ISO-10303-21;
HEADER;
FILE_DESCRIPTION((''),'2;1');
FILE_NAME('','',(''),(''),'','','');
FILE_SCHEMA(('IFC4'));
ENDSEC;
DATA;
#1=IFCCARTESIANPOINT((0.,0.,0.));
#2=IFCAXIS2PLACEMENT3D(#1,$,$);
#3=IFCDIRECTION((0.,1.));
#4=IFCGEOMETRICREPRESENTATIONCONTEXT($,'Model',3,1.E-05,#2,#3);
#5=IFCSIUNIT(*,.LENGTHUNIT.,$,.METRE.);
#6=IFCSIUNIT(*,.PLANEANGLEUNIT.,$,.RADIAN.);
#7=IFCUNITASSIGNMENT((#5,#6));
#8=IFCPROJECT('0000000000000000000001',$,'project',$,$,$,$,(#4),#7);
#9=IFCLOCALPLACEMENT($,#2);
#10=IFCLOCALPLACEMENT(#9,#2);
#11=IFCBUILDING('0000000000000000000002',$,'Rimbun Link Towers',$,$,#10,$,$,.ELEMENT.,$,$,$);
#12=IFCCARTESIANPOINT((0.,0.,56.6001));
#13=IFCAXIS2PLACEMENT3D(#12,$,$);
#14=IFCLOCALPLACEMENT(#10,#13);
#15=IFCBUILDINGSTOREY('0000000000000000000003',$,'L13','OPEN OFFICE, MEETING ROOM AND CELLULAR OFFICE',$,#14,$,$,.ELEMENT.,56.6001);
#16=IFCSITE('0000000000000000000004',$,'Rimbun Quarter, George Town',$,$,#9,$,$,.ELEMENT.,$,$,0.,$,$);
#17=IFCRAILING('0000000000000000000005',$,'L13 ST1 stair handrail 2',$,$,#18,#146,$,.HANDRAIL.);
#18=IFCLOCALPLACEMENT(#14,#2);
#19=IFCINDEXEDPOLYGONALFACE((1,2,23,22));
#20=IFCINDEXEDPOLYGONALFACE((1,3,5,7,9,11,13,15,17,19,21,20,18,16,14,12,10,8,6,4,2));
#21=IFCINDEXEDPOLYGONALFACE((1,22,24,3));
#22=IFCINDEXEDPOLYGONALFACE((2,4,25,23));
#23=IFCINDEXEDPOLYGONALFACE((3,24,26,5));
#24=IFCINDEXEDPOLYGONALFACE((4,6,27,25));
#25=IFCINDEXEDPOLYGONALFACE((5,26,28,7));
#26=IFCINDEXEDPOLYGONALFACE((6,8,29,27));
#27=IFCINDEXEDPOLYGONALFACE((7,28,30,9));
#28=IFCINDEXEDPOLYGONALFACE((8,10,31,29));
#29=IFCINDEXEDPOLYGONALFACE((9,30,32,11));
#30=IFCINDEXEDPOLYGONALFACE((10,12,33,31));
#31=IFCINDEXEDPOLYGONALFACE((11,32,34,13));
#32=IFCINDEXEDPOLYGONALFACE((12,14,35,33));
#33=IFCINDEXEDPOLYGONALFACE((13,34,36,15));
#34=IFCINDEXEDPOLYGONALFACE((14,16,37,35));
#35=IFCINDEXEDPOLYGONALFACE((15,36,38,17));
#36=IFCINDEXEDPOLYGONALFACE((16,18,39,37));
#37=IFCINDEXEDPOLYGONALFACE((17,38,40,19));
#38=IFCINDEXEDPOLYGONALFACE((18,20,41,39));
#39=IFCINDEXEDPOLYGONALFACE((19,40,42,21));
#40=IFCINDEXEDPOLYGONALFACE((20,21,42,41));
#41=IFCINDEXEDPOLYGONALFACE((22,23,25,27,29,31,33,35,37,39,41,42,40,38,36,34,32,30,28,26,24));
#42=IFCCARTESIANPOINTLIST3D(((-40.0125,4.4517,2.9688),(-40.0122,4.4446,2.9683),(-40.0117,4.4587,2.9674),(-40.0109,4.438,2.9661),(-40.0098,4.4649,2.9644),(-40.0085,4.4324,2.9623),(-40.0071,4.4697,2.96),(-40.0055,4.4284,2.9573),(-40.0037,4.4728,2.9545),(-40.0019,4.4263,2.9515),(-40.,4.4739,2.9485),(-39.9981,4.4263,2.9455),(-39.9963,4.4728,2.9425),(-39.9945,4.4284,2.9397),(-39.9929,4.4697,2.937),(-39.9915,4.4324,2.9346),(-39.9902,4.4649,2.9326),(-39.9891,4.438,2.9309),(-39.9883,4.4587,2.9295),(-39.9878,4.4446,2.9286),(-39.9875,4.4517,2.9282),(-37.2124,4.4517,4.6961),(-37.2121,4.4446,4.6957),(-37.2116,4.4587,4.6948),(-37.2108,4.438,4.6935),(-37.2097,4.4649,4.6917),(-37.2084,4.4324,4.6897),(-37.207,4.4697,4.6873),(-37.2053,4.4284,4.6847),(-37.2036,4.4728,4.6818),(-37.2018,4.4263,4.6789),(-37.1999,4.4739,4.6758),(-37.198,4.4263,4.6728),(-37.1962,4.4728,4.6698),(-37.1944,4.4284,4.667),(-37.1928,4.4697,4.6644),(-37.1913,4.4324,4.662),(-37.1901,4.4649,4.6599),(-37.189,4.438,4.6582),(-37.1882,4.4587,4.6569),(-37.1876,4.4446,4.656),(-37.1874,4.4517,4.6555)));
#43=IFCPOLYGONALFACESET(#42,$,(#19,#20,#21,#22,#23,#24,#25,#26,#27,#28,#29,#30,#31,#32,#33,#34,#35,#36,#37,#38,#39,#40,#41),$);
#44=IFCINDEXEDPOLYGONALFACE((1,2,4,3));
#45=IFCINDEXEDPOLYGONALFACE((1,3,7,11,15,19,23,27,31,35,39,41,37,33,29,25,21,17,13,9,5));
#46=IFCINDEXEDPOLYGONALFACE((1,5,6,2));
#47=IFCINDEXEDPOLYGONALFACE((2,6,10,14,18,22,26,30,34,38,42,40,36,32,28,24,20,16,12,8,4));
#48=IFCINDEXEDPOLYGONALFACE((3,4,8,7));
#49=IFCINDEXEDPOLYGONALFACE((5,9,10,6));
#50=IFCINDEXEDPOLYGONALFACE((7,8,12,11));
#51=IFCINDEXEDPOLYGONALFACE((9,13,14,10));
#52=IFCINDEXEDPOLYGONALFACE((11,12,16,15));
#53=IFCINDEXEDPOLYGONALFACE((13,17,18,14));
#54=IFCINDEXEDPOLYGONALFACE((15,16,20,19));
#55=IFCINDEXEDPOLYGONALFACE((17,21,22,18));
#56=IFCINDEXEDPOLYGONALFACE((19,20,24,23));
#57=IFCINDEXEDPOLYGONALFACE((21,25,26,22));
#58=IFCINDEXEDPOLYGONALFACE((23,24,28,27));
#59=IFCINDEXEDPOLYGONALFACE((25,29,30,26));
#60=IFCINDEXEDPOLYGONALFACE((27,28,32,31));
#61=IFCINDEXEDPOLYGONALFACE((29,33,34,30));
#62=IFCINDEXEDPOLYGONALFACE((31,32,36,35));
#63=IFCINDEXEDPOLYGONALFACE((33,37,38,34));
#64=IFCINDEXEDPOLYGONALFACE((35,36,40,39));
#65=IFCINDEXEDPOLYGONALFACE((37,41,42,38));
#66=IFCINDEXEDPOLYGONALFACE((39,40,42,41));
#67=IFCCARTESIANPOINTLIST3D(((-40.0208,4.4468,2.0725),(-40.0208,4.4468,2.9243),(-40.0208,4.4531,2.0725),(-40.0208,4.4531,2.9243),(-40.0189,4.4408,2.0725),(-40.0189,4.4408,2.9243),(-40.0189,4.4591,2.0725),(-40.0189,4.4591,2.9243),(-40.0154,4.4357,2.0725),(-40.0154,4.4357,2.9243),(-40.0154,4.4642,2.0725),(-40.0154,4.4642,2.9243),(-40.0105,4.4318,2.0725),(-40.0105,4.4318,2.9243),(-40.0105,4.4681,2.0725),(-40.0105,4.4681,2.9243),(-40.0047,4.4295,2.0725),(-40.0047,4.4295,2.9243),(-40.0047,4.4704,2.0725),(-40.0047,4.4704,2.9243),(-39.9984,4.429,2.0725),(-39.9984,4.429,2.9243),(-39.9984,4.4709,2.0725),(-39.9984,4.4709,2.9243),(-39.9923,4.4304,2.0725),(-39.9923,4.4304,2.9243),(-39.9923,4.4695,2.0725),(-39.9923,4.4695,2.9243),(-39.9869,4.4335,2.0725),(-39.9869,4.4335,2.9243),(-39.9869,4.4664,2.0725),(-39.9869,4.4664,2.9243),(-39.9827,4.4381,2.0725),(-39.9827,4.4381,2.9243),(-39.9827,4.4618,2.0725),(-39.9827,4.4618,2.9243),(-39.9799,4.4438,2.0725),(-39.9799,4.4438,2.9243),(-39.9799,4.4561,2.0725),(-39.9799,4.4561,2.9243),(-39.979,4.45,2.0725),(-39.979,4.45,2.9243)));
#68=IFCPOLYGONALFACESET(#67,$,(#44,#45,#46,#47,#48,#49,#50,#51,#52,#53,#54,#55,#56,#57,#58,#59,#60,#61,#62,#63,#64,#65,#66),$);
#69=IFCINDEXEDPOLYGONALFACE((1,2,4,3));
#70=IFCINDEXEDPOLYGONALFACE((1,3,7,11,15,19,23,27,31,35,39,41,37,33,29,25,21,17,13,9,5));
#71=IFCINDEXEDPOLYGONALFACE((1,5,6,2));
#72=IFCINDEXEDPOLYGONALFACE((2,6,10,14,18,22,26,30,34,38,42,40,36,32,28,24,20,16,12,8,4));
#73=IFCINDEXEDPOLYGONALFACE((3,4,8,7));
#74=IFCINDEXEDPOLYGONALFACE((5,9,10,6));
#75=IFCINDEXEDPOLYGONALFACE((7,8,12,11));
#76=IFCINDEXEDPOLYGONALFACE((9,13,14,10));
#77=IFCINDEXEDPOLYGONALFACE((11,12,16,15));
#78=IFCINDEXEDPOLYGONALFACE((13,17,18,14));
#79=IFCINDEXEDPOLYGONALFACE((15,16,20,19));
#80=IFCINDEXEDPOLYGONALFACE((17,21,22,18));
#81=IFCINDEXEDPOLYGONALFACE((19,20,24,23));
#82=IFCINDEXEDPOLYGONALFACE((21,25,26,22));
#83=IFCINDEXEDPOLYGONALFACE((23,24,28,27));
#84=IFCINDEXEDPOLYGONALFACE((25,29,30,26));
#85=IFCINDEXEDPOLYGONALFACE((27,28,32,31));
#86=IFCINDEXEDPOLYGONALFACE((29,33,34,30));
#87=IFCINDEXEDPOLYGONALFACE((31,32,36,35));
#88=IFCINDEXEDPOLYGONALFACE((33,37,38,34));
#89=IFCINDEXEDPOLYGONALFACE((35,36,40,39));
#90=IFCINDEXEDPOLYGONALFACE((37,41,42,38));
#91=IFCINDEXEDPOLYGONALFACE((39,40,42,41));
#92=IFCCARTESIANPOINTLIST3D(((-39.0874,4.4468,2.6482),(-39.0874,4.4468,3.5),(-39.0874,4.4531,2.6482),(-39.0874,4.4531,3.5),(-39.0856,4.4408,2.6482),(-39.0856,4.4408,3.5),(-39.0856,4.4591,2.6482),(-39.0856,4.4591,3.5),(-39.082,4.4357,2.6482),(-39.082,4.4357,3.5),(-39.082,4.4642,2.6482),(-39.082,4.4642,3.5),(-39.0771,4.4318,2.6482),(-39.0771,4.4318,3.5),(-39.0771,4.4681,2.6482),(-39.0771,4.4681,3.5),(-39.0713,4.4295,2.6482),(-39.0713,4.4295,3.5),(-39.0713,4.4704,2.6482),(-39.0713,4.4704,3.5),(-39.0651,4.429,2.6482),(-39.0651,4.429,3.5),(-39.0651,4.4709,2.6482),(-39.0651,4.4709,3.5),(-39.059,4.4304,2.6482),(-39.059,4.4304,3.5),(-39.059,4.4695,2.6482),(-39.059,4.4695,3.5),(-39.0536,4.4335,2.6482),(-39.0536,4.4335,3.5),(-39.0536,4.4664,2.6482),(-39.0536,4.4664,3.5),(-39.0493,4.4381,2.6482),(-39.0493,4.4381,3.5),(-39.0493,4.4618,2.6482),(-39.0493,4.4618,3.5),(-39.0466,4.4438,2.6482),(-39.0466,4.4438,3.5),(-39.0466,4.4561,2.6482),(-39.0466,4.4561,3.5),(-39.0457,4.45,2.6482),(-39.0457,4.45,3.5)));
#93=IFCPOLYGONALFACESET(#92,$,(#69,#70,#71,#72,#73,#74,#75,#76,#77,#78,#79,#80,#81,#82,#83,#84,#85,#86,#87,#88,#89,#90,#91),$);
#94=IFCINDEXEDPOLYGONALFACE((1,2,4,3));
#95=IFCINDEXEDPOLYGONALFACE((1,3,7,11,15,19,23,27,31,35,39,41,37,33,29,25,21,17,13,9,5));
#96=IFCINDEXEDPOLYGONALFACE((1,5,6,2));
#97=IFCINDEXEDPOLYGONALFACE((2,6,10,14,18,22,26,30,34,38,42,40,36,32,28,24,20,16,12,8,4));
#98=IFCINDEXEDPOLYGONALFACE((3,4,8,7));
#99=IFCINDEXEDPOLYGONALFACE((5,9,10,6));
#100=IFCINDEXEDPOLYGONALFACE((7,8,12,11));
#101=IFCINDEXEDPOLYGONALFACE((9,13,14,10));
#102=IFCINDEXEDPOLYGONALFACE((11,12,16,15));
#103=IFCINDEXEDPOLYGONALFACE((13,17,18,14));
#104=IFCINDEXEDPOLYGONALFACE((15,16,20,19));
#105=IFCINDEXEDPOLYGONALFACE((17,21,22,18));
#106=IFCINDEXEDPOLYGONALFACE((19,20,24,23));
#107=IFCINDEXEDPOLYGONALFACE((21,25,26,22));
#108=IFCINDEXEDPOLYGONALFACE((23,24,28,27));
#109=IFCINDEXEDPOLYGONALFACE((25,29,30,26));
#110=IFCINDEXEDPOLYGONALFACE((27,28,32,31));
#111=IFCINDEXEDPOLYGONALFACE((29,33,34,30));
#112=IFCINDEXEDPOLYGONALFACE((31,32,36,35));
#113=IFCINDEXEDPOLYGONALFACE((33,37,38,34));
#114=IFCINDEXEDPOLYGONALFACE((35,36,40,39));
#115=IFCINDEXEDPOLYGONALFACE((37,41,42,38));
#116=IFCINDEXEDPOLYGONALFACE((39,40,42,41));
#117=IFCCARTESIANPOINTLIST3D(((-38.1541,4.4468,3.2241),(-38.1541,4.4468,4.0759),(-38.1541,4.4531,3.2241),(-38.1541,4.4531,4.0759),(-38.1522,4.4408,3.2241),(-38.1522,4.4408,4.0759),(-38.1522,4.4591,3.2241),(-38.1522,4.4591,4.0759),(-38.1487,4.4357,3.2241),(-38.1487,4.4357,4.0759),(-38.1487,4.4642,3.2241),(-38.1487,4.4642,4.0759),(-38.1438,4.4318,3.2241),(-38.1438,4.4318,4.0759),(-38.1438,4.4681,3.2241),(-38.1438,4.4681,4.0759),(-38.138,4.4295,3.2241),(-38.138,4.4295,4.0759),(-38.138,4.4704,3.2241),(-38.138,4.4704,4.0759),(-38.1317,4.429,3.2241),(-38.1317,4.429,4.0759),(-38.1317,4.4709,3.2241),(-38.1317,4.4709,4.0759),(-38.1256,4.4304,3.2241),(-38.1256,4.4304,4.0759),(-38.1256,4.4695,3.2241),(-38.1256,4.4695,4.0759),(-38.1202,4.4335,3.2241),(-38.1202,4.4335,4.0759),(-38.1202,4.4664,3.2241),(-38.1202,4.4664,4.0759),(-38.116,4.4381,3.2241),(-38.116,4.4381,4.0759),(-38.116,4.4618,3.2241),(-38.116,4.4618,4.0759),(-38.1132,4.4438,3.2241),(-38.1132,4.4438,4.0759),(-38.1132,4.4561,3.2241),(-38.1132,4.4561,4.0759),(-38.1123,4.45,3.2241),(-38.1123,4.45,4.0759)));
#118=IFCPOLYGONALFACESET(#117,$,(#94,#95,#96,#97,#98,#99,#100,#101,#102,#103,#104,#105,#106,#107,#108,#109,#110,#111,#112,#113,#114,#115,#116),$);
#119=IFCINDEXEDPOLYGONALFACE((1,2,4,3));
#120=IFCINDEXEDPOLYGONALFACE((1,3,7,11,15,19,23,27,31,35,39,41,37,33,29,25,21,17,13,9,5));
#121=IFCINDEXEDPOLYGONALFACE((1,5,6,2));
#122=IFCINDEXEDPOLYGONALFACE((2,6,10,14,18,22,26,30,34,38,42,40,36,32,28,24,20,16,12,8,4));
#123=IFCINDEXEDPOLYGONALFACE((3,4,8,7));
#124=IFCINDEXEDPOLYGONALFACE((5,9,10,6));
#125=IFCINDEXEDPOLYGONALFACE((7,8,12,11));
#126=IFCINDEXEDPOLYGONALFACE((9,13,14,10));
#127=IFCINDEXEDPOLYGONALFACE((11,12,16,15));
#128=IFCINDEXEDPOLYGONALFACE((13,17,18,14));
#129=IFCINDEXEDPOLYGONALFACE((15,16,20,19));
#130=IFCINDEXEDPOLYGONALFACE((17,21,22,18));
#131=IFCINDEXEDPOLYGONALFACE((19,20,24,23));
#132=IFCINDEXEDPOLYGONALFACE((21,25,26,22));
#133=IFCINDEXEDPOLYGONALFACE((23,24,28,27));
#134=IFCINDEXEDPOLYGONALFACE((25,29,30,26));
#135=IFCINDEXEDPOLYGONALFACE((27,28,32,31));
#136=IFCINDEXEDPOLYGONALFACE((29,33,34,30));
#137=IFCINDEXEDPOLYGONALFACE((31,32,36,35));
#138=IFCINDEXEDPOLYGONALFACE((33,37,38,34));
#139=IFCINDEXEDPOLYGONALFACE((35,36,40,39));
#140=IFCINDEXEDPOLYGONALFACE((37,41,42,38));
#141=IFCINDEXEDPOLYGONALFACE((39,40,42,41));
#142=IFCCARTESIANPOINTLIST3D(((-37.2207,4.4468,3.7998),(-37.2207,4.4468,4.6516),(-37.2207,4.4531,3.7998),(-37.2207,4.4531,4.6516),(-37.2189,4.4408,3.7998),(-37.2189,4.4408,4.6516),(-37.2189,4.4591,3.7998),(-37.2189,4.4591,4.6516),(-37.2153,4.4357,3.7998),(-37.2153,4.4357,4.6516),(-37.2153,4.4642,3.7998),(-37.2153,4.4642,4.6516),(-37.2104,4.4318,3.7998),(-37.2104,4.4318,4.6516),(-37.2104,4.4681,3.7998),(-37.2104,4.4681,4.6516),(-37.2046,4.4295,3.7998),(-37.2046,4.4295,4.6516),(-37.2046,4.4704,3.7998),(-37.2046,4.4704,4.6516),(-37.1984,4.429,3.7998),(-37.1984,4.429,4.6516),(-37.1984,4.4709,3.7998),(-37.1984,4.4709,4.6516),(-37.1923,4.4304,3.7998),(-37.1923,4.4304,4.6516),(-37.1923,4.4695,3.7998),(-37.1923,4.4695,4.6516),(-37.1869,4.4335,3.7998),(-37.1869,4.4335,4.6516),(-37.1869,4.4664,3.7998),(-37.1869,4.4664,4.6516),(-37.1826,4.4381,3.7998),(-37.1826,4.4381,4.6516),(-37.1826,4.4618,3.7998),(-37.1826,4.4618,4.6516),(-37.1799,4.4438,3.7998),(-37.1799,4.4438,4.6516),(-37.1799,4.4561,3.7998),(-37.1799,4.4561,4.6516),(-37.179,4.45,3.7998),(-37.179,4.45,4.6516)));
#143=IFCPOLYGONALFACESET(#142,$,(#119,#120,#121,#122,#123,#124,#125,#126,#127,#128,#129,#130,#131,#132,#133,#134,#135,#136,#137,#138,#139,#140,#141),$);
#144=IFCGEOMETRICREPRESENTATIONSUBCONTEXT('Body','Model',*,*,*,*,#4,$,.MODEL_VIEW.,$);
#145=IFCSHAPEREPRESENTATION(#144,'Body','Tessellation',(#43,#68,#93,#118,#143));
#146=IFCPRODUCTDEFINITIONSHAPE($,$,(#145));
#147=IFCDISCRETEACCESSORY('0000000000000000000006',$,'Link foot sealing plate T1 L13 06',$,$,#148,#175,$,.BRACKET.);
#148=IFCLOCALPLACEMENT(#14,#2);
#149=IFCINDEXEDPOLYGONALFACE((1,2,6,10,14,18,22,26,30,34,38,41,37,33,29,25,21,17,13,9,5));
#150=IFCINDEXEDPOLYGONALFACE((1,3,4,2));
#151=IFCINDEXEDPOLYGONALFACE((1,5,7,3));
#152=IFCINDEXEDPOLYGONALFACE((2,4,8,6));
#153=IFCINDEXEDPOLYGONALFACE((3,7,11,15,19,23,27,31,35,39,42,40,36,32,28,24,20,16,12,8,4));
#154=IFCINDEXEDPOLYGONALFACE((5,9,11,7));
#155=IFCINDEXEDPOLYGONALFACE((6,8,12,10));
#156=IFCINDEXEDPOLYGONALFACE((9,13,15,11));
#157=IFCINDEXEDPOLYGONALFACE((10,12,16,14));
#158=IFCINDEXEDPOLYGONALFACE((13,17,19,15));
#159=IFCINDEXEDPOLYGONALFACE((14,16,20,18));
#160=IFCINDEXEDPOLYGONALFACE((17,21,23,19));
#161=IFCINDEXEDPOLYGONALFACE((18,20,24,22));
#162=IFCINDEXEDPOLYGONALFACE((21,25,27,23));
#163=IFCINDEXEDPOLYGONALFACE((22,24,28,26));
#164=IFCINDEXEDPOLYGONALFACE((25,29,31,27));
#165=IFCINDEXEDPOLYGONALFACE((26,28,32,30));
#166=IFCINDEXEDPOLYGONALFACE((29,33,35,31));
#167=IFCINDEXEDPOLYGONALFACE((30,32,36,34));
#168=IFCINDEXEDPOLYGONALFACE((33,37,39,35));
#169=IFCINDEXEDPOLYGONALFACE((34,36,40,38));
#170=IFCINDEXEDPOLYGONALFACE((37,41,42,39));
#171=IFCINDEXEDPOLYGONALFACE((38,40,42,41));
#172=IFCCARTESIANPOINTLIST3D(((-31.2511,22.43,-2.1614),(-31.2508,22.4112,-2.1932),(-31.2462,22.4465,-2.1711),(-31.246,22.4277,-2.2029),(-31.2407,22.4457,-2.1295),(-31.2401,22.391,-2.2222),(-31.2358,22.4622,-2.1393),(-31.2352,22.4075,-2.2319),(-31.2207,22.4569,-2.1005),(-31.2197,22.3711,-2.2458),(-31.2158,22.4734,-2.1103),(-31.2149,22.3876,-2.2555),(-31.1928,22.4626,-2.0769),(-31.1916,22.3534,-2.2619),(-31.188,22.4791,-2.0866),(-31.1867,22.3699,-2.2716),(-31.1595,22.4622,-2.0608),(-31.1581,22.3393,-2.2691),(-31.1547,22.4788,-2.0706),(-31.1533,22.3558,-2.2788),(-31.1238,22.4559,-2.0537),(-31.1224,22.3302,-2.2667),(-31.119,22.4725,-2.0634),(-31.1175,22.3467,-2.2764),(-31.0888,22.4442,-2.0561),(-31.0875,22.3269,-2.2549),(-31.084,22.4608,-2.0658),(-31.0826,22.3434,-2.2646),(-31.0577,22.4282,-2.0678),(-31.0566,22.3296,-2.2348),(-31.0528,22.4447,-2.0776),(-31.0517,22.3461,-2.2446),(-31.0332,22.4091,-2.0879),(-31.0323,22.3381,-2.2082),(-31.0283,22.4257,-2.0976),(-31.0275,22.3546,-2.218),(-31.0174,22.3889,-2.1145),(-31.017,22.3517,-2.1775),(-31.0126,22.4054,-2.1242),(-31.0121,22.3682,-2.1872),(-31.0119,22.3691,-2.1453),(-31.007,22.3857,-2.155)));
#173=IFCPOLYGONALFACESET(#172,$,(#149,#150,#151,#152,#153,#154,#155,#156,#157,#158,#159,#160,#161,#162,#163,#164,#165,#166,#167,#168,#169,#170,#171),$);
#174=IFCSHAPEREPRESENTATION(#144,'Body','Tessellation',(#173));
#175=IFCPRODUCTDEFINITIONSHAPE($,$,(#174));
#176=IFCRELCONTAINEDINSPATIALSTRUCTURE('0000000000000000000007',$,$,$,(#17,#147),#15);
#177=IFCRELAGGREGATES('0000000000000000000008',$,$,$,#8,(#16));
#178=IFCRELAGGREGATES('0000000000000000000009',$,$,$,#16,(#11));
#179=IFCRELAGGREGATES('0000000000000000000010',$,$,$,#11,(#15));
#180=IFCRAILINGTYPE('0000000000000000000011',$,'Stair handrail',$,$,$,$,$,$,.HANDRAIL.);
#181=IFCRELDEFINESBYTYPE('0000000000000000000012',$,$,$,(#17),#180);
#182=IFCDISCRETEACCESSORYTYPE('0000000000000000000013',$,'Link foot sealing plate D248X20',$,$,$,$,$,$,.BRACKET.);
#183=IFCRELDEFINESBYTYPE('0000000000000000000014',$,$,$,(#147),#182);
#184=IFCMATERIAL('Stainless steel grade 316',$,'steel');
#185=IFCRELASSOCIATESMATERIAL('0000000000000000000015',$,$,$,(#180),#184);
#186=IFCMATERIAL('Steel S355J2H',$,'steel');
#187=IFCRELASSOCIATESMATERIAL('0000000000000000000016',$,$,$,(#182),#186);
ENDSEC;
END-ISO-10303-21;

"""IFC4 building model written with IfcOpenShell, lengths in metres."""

from ifc_helpers import new_model, si_unit, direction, frame, origin, origin_2d, place, context, subcontext, project, spatial, circle, extrude, material, material_profile, profile_set, type_object, element, save


model = new_model("IFC4")

# Units and contexts
model_context = context("Model", 3, precision=1e-05, world=origin(), true_north=direction((0.0, 1.0)))
body_context = subcontext(model_context, "Body", "Model", "MODEL_VIEW")
ifc_project = project(units=[si_unit("LENGTHUNIT", "METRE"), si_unit("PLANEANGLEUNIT", "RADIAN")], contexts=[model_context])

# Site, building, storey
site_placement = place(None, origin())
site = spatial("IfcSite", under=ifc_project, at=site_placement, Name="Rimbun Quarter, George Town", CompositionType="ELEMENT", RefElevation=0.0)
building_placement = place(site_placement, origin())
building = spatial("IfcBuilding", under=site, at=building_placement, Name="Rimbun Link Towers", CompositionType="ELEMENT")
storey_placement = place(building_placement, frame((0.0, 0.0, 56.6001)))
storey = spatial("IfcBuildingStorey", under=building, at=storey_placement, Name="L13", Description="OPEN OFFICE, MEETING ROOM AND CELLULAR OFFICE", CompositionType="ELEMENT", Elevation=56.6001)

# Railing
ifc_material_1 = material(Name="Stainless steel grade 316", Category="steel")
railing_type_1 = type_object("IfcRailingType", Name="Stair handrail", PredefinedType="HANDRAIL", material=ifc_material_1)
railing_1_placement = place(storey_placement, frame((-40.0, 4.45, 2.0725)))
element("IfcRailing", 1, at=railing_1_placement, inside=storey, type_object=railing_type_1, Name="L13 ST1 stair handrail 2", PredefinedType="HANDRAIL", context=body_context, shape_type="SweptSolid", body=[
    extrude(circle(Radius=0.0239, at=origin_2d()), frame((0.0, 0.0, 0.876), z_axis=(0.85109, 0.0, 0.52502), x_axis=(0.0, 1.0, 0.0)), (0.0, 0.0, 1.0), 3.29),
    extrude(circle(Radius=0.021, at=origin_2d()), origin(), (0.0, 0.0, 1.0), 0.8518),
    extrude(circle(Radius=0.021, at=origin_2d()), frame((0.9333, 0.0, 0.5757)), (0.0, 0.0, 1.0), 0.8518),
    extrude(circle(Radius=0.021, at=origin_2d()), frame((1.8667, 0.0, 1.1516)), (0.0, 0.0, 1.0), 0.8518),
    extrude(circle(Radius=0.021, at=origin_2d()), frame((2.8, 0.0, 1.7273)), (0.0, 0.0, 1.0), 0.8518),
])

# Discrete accessory
ifc_material_2 = material(Name="Steel S355J2H", Category="steel")
ifc_material_profile_1 = material_profile(ifc_material_2, circle(Radius=0.124, at=origin_2d()), Name="PL D248")
ifc_profile_set_1 = profile_set([ifc_material_profile_1], Name="Steel S355J2H")
discrete_accessory_type = type_object("IfcDiscreteAccessoryType", Name="Link foot sealing plate D248X20", PredefinedType="BRACKET", material=ifc_profile_set_1)
discrete_accessory_placement = place(storey_placement, frame((-31.1321, 22.395, -2.1614), z_axis=(0.245737, 0.835504, -0.491473), x_axis=(-0.959366, 0.282166, 0.0)))
element("IfcDiscreteAccessory", 2, at=discrete_accessory_placement, inside=storey, type_object=discrete_accessory_type, Name="Link foot sealing plate T1 L13 06", PredefinedType="BRACKET", context=body_context, shape_type="SweptSolid", body=[
    extrude(circle(Radius=0.124, at=origin_2d()), origin(), (0.0, 0.0, 1.0), 0.0198),
])

save(model, "model.ifc")
